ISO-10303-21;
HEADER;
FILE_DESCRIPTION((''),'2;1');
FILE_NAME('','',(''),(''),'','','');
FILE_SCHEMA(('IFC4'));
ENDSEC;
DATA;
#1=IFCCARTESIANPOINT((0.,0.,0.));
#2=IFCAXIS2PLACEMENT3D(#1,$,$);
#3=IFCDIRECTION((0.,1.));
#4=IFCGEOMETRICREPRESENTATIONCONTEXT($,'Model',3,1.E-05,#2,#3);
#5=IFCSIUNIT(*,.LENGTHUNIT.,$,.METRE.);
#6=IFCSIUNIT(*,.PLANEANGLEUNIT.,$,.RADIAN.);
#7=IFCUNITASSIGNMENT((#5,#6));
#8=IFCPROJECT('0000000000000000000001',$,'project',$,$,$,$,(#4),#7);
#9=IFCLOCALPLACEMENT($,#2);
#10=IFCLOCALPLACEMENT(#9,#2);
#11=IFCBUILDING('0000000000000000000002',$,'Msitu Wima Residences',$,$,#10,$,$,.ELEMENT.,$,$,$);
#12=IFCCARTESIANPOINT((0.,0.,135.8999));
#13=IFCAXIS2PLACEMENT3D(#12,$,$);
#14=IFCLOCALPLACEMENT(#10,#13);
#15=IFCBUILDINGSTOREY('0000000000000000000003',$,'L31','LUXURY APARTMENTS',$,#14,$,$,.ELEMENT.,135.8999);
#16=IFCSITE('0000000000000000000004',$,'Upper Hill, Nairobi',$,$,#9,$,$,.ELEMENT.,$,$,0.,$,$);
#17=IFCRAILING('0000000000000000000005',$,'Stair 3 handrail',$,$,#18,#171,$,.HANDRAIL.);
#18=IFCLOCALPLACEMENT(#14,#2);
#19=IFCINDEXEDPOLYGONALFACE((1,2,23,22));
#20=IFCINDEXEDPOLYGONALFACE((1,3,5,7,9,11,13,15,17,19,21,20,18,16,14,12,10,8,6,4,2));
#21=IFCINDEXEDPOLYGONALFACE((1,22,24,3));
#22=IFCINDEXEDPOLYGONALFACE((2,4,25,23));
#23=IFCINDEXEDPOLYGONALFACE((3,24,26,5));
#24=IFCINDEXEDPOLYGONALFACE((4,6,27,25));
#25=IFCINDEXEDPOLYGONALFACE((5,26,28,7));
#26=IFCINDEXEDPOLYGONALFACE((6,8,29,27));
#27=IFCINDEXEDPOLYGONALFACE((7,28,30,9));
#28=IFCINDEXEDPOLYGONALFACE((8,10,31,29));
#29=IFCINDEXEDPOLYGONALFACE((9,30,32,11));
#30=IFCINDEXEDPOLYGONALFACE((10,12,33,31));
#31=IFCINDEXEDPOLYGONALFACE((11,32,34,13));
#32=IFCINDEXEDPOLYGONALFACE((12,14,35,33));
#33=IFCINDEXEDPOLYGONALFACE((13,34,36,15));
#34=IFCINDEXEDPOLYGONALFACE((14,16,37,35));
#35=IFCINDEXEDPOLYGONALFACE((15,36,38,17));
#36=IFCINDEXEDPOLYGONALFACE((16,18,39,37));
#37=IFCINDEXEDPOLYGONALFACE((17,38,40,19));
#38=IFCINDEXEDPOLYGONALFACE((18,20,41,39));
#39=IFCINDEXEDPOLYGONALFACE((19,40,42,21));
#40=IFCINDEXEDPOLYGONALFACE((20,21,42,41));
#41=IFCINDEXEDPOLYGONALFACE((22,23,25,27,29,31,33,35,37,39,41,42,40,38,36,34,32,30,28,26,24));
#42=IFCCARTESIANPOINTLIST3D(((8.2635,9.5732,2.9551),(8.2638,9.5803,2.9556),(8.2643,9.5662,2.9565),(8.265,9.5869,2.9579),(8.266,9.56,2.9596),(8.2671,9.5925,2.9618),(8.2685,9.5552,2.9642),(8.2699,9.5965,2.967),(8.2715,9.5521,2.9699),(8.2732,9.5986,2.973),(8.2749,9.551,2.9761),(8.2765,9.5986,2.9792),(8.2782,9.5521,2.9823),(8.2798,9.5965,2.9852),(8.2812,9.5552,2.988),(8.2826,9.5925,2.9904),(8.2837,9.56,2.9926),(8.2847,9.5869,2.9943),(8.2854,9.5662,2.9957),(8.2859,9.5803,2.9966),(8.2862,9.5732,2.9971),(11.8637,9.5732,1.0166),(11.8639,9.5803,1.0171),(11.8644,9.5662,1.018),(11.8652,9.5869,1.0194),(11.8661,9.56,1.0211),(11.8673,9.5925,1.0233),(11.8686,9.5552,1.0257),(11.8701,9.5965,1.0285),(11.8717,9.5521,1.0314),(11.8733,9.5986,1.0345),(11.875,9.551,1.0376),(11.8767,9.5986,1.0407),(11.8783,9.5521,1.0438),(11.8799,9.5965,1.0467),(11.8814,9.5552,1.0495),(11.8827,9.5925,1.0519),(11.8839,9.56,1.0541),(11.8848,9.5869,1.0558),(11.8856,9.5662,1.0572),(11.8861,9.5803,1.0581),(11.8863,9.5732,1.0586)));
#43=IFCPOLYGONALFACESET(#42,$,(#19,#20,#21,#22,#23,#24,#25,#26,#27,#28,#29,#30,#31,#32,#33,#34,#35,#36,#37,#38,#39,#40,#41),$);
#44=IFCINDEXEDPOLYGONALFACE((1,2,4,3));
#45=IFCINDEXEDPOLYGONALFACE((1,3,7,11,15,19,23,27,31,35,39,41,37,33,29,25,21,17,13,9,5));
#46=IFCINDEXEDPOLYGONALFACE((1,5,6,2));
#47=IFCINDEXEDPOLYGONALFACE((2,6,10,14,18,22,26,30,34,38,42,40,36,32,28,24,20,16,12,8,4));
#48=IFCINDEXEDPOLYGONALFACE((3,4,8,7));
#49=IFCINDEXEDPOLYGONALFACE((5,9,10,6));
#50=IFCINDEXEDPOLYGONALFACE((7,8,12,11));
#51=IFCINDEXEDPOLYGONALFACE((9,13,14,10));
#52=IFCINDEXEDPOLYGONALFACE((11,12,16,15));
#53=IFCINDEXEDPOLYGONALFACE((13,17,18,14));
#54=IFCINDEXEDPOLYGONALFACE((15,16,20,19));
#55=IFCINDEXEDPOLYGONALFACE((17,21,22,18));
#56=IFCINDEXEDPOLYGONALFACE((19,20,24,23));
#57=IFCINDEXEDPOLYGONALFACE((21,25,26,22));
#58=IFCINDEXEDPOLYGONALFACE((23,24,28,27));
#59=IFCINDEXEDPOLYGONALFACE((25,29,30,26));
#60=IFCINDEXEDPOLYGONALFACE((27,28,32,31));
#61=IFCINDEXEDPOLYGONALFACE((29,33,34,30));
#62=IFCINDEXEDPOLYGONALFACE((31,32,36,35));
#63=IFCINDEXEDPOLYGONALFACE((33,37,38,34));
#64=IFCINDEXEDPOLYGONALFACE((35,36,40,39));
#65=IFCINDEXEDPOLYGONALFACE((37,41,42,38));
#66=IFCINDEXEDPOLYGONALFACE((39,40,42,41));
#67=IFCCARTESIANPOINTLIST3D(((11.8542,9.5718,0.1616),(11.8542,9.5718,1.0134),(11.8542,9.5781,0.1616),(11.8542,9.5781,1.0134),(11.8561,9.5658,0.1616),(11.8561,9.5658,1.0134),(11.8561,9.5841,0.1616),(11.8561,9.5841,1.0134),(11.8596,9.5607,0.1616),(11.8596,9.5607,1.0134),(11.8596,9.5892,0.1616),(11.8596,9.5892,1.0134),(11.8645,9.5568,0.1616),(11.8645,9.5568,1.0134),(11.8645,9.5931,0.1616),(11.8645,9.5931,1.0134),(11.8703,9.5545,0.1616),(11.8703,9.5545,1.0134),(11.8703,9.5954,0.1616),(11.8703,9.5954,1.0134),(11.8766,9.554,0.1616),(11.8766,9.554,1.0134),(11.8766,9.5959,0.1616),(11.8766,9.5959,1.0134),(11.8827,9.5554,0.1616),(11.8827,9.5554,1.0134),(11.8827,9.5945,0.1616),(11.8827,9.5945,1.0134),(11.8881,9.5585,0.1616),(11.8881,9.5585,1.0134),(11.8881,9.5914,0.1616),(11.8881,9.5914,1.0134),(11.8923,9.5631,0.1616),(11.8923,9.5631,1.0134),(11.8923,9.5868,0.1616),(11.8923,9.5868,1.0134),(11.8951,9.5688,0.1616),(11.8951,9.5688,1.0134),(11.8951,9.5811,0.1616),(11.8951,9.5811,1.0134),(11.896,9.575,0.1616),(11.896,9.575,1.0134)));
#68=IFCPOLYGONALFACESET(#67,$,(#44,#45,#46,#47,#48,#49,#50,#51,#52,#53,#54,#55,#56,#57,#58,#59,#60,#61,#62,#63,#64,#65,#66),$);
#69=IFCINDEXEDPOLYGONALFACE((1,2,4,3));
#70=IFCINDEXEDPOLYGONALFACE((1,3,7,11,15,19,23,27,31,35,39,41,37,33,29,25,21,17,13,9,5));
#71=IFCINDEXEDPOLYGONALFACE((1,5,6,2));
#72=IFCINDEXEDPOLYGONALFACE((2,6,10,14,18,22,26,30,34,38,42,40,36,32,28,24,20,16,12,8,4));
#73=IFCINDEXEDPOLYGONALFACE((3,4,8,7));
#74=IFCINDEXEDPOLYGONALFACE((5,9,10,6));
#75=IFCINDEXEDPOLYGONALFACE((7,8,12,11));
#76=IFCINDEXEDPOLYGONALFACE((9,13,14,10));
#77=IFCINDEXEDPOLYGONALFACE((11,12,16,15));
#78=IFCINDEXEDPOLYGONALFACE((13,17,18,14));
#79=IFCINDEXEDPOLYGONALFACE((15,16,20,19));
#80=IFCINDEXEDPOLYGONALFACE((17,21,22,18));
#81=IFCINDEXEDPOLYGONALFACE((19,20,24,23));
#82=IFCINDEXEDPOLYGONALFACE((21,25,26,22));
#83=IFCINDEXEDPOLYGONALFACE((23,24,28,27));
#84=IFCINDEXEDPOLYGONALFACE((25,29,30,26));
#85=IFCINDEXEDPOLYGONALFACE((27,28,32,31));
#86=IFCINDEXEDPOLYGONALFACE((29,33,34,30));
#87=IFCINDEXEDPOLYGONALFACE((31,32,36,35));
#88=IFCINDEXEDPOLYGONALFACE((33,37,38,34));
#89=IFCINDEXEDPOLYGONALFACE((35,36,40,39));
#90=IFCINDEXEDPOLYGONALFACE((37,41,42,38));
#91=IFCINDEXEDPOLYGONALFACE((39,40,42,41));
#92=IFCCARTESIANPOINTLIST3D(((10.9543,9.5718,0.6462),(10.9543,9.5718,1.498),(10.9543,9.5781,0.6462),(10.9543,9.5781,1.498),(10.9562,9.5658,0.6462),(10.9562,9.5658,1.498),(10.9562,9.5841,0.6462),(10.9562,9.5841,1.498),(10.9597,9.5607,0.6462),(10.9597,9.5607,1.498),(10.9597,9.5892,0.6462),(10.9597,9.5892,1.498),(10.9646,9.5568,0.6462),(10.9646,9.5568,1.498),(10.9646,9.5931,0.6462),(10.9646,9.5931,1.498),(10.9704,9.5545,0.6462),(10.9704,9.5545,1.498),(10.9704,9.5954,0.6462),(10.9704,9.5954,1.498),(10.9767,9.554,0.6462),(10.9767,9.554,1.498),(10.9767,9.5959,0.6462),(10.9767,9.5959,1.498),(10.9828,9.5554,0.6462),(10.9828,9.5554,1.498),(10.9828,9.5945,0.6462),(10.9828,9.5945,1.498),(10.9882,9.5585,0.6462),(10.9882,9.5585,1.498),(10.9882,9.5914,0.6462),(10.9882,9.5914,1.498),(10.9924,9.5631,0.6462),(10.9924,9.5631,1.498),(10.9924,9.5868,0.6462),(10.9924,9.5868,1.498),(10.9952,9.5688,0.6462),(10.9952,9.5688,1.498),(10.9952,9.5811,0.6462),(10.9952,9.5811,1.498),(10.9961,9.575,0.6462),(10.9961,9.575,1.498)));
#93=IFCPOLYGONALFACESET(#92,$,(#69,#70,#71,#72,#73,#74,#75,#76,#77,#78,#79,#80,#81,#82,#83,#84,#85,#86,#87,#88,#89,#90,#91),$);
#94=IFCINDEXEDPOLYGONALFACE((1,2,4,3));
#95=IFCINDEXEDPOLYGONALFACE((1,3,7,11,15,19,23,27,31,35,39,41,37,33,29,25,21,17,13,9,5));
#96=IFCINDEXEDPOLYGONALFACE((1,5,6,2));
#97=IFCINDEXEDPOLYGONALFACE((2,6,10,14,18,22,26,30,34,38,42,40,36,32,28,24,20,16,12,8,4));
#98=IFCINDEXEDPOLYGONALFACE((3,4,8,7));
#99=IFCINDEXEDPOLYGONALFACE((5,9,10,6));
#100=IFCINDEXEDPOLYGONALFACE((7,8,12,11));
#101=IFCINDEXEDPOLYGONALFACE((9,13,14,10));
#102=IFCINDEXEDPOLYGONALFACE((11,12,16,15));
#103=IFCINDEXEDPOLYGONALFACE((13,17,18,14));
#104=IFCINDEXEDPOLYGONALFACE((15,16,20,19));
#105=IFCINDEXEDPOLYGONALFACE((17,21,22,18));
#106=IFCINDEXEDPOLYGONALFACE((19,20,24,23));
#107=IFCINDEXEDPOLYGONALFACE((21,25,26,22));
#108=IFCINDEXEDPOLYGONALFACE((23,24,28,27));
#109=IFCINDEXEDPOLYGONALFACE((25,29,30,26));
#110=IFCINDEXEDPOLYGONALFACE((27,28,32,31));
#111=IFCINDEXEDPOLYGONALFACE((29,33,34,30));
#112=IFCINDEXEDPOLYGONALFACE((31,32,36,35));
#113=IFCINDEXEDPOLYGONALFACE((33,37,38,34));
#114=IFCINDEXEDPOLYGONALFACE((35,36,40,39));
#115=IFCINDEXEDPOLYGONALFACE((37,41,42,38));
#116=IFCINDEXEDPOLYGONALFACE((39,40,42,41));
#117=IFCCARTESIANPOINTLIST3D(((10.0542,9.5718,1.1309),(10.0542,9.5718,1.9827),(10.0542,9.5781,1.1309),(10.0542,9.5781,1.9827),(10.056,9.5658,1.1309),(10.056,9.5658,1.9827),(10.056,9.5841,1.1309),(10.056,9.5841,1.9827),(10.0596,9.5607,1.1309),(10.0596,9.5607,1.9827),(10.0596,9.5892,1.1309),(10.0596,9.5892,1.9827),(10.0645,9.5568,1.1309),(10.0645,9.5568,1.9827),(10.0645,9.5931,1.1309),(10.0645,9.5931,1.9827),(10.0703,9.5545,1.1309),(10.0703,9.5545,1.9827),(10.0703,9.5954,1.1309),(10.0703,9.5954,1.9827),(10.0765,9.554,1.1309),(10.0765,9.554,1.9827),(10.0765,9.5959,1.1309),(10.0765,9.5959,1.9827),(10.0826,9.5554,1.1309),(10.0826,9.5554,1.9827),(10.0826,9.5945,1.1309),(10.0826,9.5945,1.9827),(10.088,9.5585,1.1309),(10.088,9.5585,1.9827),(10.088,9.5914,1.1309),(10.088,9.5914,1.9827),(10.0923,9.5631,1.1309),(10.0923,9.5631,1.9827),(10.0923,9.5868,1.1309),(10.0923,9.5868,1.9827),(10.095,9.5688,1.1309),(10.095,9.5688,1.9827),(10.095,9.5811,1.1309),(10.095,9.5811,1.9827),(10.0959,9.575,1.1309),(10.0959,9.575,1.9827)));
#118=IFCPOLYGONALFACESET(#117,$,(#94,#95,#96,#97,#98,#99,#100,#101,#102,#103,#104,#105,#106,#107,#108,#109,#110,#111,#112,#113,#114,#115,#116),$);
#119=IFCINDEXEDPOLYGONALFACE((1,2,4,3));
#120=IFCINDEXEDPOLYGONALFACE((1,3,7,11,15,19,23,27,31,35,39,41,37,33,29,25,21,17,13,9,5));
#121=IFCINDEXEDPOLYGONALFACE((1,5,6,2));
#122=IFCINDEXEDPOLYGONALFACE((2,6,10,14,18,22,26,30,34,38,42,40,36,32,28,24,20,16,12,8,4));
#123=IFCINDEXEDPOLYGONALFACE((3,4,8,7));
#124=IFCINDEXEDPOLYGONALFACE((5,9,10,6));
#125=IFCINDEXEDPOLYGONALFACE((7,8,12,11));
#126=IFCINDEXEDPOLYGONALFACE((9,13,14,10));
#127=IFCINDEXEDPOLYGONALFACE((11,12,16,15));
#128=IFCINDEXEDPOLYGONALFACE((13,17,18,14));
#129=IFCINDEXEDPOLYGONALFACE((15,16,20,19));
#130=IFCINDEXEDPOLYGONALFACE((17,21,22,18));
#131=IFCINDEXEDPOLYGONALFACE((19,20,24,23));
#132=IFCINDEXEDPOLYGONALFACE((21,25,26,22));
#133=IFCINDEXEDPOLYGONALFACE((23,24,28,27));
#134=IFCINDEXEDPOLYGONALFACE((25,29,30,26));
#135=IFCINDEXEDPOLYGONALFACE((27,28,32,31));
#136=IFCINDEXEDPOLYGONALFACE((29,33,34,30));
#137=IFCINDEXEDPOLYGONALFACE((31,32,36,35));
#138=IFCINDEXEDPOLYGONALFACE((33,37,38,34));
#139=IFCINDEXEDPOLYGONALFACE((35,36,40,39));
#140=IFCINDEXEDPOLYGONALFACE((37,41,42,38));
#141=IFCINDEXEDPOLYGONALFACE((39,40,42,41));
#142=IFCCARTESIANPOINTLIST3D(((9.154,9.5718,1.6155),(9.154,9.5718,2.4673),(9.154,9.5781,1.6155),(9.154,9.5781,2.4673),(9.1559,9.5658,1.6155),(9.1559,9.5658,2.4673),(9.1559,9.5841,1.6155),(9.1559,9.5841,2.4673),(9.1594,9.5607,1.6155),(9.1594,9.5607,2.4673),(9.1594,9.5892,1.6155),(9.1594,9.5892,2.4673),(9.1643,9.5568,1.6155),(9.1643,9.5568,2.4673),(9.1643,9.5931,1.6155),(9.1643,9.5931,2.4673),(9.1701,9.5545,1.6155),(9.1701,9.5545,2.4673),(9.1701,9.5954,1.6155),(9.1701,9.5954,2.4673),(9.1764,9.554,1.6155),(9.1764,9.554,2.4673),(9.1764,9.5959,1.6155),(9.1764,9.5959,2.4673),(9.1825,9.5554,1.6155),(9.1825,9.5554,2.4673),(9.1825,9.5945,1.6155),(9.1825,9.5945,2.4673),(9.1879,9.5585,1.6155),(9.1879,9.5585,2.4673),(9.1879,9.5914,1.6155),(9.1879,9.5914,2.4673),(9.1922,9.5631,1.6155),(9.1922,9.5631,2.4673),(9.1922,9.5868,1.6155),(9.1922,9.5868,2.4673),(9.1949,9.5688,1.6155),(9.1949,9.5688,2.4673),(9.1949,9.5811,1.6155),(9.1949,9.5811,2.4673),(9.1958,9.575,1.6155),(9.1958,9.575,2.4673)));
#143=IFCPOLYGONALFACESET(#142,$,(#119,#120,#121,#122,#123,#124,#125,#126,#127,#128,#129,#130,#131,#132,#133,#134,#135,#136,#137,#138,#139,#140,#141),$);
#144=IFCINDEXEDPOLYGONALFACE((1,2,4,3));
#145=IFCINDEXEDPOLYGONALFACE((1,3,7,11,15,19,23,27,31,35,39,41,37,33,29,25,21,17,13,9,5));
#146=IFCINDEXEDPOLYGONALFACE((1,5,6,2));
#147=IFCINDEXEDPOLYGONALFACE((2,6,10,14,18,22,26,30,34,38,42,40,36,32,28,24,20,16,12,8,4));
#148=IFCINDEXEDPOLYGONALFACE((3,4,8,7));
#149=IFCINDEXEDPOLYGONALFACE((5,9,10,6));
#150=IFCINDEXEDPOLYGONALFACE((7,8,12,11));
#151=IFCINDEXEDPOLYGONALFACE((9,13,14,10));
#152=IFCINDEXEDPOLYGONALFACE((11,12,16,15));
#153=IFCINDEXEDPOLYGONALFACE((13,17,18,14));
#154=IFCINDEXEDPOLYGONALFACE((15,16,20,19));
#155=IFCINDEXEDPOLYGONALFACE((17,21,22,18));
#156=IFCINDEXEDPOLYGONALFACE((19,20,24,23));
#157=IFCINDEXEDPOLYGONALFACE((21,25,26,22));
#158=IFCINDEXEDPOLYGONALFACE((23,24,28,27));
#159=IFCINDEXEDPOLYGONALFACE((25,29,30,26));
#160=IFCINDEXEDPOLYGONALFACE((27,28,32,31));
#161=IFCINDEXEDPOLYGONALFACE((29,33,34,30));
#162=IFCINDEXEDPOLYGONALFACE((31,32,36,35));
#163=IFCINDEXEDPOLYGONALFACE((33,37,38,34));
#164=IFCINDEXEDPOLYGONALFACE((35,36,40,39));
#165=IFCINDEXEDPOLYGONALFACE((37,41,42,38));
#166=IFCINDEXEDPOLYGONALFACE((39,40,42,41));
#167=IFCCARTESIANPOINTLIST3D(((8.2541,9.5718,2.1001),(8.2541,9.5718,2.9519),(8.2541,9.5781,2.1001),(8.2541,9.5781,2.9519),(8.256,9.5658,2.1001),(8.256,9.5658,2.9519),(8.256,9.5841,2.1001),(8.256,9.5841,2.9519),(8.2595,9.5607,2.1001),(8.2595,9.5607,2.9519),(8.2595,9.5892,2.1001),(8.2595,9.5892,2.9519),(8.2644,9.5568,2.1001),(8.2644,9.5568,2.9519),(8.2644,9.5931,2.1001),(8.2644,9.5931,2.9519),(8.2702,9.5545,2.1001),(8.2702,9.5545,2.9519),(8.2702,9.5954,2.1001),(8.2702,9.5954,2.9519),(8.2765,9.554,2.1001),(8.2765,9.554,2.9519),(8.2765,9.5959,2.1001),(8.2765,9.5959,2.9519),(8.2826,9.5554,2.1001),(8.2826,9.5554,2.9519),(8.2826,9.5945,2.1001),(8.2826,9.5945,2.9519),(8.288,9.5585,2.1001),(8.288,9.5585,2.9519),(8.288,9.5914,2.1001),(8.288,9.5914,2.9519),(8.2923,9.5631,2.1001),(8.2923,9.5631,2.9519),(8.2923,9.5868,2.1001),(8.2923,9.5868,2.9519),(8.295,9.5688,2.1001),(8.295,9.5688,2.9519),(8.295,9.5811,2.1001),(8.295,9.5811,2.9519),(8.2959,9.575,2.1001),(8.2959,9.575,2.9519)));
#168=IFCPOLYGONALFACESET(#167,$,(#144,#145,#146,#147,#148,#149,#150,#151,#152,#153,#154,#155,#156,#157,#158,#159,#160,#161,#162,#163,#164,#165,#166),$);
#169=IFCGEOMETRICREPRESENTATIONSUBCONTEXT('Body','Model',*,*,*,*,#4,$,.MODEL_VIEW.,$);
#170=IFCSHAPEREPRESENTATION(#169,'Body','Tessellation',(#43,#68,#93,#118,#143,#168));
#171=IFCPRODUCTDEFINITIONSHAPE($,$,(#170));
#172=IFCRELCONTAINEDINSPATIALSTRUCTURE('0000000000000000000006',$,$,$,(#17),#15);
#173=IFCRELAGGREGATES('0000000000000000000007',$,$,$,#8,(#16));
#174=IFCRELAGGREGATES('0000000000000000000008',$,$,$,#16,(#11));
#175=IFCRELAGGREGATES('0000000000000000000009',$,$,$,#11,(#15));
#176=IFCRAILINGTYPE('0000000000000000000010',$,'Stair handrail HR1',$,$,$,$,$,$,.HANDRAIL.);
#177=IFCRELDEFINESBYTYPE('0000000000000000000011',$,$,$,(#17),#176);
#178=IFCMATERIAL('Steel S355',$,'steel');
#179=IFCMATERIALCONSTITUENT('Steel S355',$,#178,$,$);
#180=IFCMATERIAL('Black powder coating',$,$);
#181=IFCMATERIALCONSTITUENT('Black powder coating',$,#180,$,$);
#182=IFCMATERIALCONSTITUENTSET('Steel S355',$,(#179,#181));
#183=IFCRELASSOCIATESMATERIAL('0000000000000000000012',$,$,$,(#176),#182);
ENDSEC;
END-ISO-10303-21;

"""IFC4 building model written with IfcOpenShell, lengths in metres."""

from ifc_helpers import new_model, si_unit, direction, frame, origin, origin_2d, place, context, subcontext, project, spatial, circle, extrude, material, constituent, constituent_set, type_object, element, save


model = new_model("IFC4")

# Units and contexts
model_context = context("Model", 3, precision=1e-05, world=origin(), true_north=direction((0.0, 1.0)))
body_context = subcontext(model_context, "Body", "Model", "MODEL_VIEW")
ifc_project = project(units=[si_unit("LENGTHUNIT", "METRE"), si_unit("PLANEANGLEUNIT", "RADIAN")], contexts=[model_context])

# Site, building, storey
site_placement = place(None, origin())
site = spatial("IfcSite", under=ifc_project, at=site_placement, Name="Upper Hill, Nairobi", CompositionType="ELEMENT", RefElevation=0.0)
building_placement = place(site_placement, origin())
building = spatial("IfcBuilding", under=site, at=building_placement, Name="Msitu Wima Residences", CompositionType="ELEMENT")
storey_placement = place(building_placement, frame((0.0, 0.0, 135.8999)))
storey = spatial("IfcBuildingStorey", under=building, at=storey_placement, Name="L31", Description="LUXURY APARTMENTS", CompositionType="ELEMENT", Elevation=135.8999)

# Railing
ifc_material_1 = material(Name="Steel S355", Category="steel")
ifc_constituent_1 = constituent(ifc_material_1, Name="Steel S355")
ifc_material_2 = material(Name="Black powder coating")
ifc_constituent_2 = constituent(ifc_material_2, Name="Black powder coating")
ifc_constituent_set = constituent_set(constituents=[ifc_constituent_1, ifc_constituent_2], Name="Steel S355")
railing_type = type_object("IfcRailingType", Name="Stair handrail HR1", PredefinedType="HANDRAIL", material=ifc_constituent_set)
for number, where, name in (
    (1, (11.875, 9.575, 0.1616), "Stair 3 handrail"),
):
    element("IfcRailing", number, at=place(storey_placement, frame(where)), inside=storey, type_object=railing_type, Name=name, PredefinedType="HANDRAIL", context=body_context, shape_type="SweptSolid", body=[
        extrude(circle(Radius=0.0239, at=origin_2d()), frame((0.0, 0.0, 0.876), z_axis=(-0.880475, 0.0, 0.474093), x_axis=(0.0, -1.0, 0.0)), (0.0, 0.0, 1.0), 4.0889),
        extrude(circle(Radius=0.021, at=origin_2d()), origin(), (0.0, 0.0, 1.0), 0.8518),
        extrude(circle(Radius=0.021, at=origin_2d()), frame((-0.8999, 0.0, 0.4846)), (0.0, 0.0, 1.0), 0.8518),
        extrude(circle(Radius=0.021, at=origin_2d()), frame((-1.8, 0.0, 0.9692)), (0.0, 0.0, 1.0), 0.8518),
        extrude(circle(Radius=0.021, at=origin_2d()), frame((-2.7002, 0.0, 1.4539)), (0.0, 0.0, 1.0), 0.8518),
        extrude(circle(Radius=0.021, at=origin_2d()), frame((-3.6001, 0.0, 1.9385)), (0.0, 0.0, 1.0), 0.8518),
    ])

save(model, "model.ifc")
